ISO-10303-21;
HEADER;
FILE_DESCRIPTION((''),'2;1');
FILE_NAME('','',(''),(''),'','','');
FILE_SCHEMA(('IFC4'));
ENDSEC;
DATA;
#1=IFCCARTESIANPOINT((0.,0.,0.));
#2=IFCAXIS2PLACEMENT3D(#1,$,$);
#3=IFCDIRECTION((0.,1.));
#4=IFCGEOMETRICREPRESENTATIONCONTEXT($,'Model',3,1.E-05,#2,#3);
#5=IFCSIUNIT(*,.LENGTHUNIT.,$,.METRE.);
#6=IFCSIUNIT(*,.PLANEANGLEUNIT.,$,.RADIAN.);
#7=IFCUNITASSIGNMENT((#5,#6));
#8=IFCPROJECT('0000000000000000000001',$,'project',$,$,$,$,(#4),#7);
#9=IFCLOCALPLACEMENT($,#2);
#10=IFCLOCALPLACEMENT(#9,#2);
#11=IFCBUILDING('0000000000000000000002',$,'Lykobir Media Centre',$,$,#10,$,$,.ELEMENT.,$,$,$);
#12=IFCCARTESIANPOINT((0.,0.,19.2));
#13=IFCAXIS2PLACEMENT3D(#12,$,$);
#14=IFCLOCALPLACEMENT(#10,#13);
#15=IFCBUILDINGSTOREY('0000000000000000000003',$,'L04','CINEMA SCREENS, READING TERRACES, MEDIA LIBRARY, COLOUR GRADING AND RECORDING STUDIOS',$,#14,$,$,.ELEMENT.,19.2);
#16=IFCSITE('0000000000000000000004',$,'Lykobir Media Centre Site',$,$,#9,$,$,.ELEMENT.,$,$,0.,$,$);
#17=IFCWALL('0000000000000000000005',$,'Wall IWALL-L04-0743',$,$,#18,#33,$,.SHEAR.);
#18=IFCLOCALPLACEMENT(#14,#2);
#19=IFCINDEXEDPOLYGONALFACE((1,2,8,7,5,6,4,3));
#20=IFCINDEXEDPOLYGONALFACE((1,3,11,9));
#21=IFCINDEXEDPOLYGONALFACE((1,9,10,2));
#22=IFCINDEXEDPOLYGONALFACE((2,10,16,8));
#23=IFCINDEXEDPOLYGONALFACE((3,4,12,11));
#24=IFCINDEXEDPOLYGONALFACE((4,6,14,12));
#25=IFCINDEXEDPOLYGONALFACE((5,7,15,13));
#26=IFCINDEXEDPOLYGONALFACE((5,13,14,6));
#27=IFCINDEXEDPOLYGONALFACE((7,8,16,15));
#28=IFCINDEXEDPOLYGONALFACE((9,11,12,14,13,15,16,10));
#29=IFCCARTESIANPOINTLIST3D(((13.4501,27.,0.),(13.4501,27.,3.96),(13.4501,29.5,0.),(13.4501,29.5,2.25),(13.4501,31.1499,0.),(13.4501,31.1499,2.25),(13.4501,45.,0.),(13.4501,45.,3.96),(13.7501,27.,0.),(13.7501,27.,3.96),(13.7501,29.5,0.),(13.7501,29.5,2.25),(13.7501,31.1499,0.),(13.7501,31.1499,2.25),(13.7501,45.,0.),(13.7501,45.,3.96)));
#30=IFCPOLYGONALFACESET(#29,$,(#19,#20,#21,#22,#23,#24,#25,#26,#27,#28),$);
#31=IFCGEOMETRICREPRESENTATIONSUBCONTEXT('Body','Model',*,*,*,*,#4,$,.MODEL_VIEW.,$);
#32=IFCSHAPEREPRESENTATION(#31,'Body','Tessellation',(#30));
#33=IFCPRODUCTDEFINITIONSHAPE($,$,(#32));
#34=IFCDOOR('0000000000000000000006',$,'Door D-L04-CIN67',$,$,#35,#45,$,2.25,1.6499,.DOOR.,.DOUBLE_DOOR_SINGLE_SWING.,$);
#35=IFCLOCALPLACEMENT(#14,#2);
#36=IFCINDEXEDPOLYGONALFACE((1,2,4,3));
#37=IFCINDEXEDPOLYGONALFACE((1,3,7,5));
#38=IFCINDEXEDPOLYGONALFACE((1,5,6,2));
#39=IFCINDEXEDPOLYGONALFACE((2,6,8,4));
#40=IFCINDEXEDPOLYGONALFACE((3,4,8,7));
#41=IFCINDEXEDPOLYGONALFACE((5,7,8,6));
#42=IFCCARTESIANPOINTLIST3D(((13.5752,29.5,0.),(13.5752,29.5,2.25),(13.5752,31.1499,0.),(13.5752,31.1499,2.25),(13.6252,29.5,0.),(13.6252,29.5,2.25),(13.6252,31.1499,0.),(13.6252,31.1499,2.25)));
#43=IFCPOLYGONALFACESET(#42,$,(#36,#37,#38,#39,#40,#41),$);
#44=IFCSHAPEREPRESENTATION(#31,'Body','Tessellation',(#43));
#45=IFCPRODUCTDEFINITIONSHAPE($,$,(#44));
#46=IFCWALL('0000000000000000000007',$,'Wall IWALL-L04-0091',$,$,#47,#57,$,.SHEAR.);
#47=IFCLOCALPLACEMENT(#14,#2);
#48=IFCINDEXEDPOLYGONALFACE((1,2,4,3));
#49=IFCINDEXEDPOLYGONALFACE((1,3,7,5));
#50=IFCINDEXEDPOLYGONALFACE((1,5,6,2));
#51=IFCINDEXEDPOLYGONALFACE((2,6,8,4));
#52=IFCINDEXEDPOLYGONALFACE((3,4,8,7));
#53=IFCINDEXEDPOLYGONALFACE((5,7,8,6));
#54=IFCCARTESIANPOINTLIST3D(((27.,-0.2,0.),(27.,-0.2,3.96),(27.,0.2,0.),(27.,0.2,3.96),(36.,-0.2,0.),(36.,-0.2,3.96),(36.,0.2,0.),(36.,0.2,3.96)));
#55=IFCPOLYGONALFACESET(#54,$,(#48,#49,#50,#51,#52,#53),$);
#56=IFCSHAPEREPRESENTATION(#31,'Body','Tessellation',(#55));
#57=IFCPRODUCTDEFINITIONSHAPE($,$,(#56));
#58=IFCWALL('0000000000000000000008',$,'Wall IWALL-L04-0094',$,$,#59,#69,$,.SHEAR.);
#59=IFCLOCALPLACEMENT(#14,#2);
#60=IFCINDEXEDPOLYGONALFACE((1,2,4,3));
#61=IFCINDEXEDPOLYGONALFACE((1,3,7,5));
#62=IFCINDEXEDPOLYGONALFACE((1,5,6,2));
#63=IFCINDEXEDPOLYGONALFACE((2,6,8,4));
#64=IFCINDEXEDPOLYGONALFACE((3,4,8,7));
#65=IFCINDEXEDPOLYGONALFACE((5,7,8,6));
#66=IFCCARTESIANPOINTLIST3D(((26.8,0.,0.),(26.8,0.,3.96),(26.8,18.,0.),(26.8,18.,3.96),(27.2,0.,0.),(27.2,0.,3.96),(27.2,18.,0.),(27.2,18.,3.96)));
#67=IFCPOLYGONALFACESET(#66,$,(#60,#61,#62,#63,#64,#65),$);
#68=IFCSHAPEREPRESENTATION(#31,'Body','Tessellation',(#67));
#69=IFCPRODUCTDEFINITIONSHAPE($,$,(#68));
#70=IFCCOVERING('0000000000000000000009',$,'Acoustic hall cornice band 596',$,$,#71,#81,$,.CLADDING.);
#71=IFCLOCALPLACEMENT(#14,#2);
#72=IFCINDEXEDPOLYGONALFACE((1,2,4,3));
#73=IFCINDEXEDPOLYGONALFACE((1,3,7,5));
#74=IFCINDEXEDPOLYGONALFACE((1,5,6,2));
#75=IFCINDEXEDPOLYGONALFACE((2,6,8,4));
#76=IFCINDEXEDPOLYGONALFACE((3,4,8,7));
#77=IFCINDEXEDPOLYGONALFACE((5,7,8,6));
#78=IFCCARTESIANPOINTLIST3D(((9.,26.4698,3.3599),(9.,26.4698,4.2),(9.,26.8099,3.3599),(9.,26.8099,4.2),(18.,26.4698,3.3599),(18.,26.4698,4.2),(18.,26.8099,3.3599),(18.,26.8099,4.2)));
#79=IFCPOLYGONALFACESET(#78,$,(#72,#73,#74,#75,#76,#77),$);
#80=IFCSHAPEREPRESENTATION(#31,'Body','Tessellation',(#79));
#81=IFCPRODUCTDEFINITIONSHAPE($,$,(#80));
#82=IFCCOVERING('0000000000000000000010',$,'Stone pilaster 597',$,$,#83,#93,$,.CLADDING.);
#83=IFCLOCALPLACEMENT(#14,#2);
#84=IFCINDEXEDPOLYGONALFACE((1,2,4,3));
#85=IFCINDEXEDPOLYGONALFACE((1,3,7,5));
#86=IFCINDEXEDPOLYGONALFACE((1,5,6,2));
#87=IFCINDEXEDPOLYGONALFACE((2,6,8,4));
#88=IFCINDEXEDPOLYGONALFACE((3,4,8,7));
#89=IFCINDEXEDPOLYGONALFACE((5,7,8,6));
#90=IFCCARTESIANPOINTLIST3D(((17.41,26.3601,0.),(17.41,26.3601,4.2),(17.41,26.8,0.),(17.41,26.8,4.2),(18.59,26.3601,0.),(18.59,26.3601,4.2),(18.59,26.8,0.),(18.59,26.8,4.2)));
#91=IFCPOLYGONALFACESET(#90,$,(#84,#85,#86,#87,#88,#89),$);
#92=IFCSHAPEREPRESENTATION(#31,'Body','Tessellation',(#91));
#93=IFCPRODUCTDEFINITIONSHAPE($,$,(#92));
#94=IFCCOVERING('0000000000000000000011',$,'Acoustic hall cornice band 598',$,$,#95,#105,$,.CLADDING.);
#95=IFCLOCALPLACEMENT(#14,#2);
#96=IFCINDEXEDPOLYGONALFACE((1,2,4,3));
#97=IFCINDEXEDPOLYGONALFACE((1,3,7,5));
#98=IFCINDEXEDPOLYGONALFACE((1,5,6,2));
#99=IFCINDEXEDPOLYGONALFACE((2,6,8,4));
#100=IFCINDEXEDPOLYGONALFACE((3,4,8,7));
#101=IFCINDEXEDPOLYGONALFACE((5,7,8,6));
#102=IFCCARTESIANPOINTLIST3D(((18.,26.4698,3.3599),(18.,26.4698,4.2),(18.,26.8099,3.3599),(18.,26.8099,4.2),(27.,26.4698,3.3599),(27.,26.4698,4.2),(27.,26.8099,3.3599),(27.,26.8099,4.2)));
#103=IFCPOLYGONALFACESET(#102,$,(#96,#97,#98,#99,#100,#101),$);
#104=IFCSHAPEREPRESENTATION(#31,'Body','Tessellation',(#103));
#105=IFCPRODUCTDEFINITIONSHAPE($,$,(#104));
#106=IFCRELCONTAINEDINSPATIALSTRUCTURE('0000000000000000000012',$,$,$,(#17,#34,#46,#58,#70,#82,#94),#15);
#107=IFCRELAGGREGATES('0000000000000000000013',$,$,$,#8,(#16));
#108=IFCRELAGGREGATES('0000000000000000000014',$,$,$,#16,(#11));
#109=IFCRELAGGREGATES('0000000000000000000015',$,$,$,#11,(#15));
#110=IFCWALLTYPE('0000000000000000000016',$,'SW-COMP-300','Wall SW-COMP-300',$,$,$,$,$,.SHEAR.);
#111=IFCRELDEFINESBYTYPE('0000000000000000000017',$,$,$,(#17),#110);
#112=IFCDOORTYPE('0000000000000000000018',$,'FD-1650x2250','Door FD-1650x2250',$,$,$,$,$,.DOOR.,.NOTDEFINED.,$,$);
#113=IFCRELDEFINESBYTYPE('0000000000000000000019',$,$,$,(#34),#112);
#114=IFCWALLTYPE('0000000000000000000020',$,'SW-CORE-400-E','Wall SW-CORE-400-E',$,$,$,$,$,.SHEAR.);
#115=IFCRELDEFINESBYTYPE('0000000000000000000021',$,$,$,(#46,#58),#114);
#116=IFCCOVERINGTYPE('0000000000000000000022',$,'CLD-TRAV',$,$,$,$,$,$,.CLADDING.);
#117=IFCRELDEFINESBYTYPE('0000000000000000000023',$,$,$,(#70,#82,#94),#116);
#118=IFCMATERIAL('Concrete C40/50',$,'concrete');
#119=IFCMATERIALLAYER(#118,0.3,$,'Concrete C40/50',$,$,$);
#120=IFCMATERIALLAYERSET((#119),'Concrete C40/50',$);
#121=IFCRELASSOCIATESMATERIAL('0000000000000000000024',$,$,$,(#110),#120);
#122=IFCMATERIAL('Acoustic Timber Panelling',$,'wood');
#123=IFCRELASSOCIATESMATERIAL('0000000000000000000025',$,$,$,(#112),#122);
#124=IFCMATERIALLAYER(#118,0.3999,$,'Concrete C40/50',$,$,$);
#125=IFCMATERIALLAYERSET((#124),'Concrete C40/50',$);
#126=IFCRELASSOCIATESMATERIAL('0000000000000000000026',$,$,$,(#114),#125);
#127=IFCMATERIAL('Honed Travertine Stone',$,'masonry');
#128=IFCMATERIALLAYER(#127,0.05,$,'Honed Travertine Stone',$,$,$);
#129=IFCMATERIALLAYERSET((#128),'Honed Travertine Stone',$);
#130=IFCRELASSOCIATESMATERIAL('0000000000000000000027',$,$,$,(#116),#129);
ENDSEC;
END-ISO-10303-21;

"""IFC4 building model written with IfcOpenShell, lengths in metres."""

from ifc_helpers import new_model, si_unit, direction, frame, frame_2d, origin, origin_2d, place, context, subcontext, project, spatial, rectangle, extrude, material, layer, layer_set, type_object, element, fill, save


model = new_model("IFC4")

# Units and contexts
model_context = context("Model", 3, precision=1e-05, world=origin(), true_north=direction((0.0, 1.0)))
body_context = subcontext(model_context, "Body", "Model", "MODEL_VIEW")
ifc_project = project(units=[si_unit("LENGTHUNIT", "METRE"), si_unit("PLANEANGLEUNIT", "RADIAN")], contexts=[model_context])

# Site, building, storey
site_placement = place(None, origin())
site = spatial("IfcSite", under=ifc_project, at=site_placement, Name="Lykobir Media Centre Site", CompositionType="ELEMENT", RefElevation=0.0)
building_placement = place(site_placement, origin())
building = spatial("IfcBuilding", under=site, at=building_placement, Name="Lykobir Media Centre", CompositionType="ELEMENT")
storey_placement = place(building_placement, frame((0.0, 0.0, 19.2)))
storey = spatial("IfcBuildingStorey", under=building, at=storey_placement, Name="L04", Description="CINEMA SCREENS, READING TERRACES, MEDIA LIBRARY, COLOUR GRADING AND RECORDING STUDIOS", CompositionType="ELEMENT", Elevation=19.2)

# Shared definitions
ifc_material_1 = material(Name="Concrete C40/50", Category="concrete")

# Wall, opening, door
ifc_layer_1 = layer(ifc_material_1, 0.3, Name="Concrete C40/50")
ifc_layer_set_1 = layer_set([ifc_layer_1], Name="Concrete C40/50")
wall_type_1 = type_object("IfcWallType", Name="SW-COMP-300", Description="Wall SW-COMP-300", PredefinedType="SHEAR", material=ifc_layer_set_1)
wall_1_placement = place(storey_placement, frame((13.6001, 27.0, 0.0), z_axis=(0.0, 0.0, 1.0), x_axis=(0.0, 1.0, 0.0)))
wall_1 = element("IfcWall", 1, at=wall_1_placement, inside=storey, type_object=wall_type_1, Name="Wall IWALL-L04-0743", PredefinedType="SHEAR", context=body_context, shape_type="SweptSolid", body=[
    extrude(rectangle(XDim=18.0, YDim=0.3, at=frame_2d((9.0, 0.0))), origin(), (0.0, 0.0, 1.0), 3.96),
])
opening_placement = place(wall_1_placement, frame((2.5, 0.0, 0.0)))
opening = element("IfcOpeningElement", 2, at=opening_placement, cuts=wall_1, PredefinedType="OPENING", context=body_context, shape_type="SweptSolid", body=[
    extrude(rectangle(XDim=1.6499, YDim=2.25, at=frame_2d((0.825, 1.125))), frame((0.0, 0.1599, 0.0), z_axis=(0.0, -1.0, 0.0), x_axis=(1.0, 0.0, 0.0)), (0.0, 0.0, 1.0), 0.3201),
])
ifc_material_2 = material(Name="Acoustic Timber Panelling", Category="wood")
door_type = type_object("IfcDoorType", Name="FD-1650x2250", Description="Door FD-1650x2250", OperationType="NOTDEFINED", PredefinedType="DOOR", material=ifc_material_2)
door_placement = place(opening_placement, origin())
door = element("IfcDoor", 3, at=door_placement, inside=storey, type_object=door_type, Name="Door D-L04-CIN67", OperationType="DOUBLE_DOOR_SINGLE_SWING", OverallHeight=2.25, OverallWidth=1.6499, PredefinedType="DOOR", context=body_context, shape_type="SweptSolid", body=[
    extrude(rectangle(XDim=1.6499, YDim=2.25, at=frame_2d((0.825, 1.125))), frame((0.0, 0.0249, 0.0), z_axis=(0.0, -1.0, 0.0), x_axis=(1.0, 0.0, 0.0)), (0.0, 0.0, 1.0), 0.05),
])
fill(opening, door)

# Walls
ifc_layer_2 = layer(ifc_material_1, 0.3999, Name="Concrete C40/50")
ifc_layer_set_2 = layer_set([ifc_layer_2], Name="Concrete C40/50")
wall_type_2 = type_object("IfcWallType", Name="SW-CORE-400-E", Description="Wall SW-CORE-400-E", PredefinedType="SHEAR", material=ifc_layer_set_2)
wall_2_placement = place(storey_placement, frame((27.0, 0.0, 0.0), z_axis=(0.0, 0.0, 1.0), x_axis=(1.0, 0.0, 0.0)))
element("IfcWall", 4, at=wall_2_placement, inside=storey, type_object=wall_type_2, Name="Wall IWALL-L04-0091", PredefinedType="SHEAR", context=body_context, shape_type="SweptSolid", body=[
    extrude(rectangle(XDim=9.0, YDim=0.3999, at=frame_2d((4.5, 0.0))), origin(), (0.0, 0.0, 1.0), 3.96),
])
wall_3_placement = place(storey_placement, frame((27.0, 18.0, 0.0), z_axis=(0.0, 0.0, 1.0), x_axis=(0.0, -1.0, 0.0)))
element("IfcWall", 5, at=wall_3_placement, inside=storey, type_object=wall_type_2, Name="Wall IWALL-L04-0094", PredefinedType="SHEAR", context=body_context, shape_type="SweptSolid", body=[
    extrude(rectangle(XDim=18.0, YDim=0.3999, at=frame_2d((9.0, 0.0))), origin(), (0.0, 0.0, 1.0), 3.96),
])

# Coverings
ifc_material_3 = material(Name="Honed Travertine Stone", Category="masonry")
ifc_layer_3 = layer(ifc_material_3, 0.05, Name="Honed Travertine Stone")
ifc_layer_set_3 = layer_set([ifc_layer_3], Name="Honed Travertine Stone")
covering_type = type_object("IfcCoveringType", Name="CLD-TRAV", PredefinedType="CLADDING", material=ifc_layer_set_3)
covering_1_placement = place(storey_placement, frame((13.5, 26.6399, 3.3599), z_axis=(0.0, 0.0, 1.0), x_axis=(1.0, 0.0, 0.0)))
element("IfcCovering", 6, at=covering_1_placement, inside=storey, type_object=covering_type, Name="Acoustic hall cornice band 596", PredefinedType="CLADDING", context=body_context, shape_type="SweptSolid", body=[
    extrude(rectangle(XDim=9.0, YDim=0.3401, at=origin_2d()), origin(), (0.0, 0.0, 1.0), 0.8401),
])
covering_2_placement = place(storey_placement, frame((18.0, 26.5801, 0.0), z_axis=(0.0, 0.0, 1.0), x_axis=(1.0, 0.0, 0.0)))
element("IfcCovering", 7, at=covering_2_placement, inside=storey, type_object=covering_type, Name="Stone pilaster 597", PredefinedType="CLADDING", context=body_context, shape_type="SweptSolid", body=[
    extrude(rectangle(XDim=1.1799, YDim=0.4399, at=origin_2d()), origin(), (0.0, 0.0, 1.0), 4.2),
])
covering_3_placement = place(storey_placement, frame((22.5, 26.6399, 3.3599), z_axis=(0.0, 0.0, 1.0), x_axis=(1.0, 0.0, 0.0)))
element("IfcCovering", 8, at=covering_3_placement, inside=storey, type_object=covering_type, Name="Acoustic hall cornice band 598", PredefinedType="CLADDING", context=body_context, shape_type="SweptSolid", body=[
    extrude(rectangle(XDim=9.0, YDim=0.3401, at=origin_2d()), origin(), (0.0, 0.0, 1.0), 0.8401),
])

save(model, "model.ifc")
